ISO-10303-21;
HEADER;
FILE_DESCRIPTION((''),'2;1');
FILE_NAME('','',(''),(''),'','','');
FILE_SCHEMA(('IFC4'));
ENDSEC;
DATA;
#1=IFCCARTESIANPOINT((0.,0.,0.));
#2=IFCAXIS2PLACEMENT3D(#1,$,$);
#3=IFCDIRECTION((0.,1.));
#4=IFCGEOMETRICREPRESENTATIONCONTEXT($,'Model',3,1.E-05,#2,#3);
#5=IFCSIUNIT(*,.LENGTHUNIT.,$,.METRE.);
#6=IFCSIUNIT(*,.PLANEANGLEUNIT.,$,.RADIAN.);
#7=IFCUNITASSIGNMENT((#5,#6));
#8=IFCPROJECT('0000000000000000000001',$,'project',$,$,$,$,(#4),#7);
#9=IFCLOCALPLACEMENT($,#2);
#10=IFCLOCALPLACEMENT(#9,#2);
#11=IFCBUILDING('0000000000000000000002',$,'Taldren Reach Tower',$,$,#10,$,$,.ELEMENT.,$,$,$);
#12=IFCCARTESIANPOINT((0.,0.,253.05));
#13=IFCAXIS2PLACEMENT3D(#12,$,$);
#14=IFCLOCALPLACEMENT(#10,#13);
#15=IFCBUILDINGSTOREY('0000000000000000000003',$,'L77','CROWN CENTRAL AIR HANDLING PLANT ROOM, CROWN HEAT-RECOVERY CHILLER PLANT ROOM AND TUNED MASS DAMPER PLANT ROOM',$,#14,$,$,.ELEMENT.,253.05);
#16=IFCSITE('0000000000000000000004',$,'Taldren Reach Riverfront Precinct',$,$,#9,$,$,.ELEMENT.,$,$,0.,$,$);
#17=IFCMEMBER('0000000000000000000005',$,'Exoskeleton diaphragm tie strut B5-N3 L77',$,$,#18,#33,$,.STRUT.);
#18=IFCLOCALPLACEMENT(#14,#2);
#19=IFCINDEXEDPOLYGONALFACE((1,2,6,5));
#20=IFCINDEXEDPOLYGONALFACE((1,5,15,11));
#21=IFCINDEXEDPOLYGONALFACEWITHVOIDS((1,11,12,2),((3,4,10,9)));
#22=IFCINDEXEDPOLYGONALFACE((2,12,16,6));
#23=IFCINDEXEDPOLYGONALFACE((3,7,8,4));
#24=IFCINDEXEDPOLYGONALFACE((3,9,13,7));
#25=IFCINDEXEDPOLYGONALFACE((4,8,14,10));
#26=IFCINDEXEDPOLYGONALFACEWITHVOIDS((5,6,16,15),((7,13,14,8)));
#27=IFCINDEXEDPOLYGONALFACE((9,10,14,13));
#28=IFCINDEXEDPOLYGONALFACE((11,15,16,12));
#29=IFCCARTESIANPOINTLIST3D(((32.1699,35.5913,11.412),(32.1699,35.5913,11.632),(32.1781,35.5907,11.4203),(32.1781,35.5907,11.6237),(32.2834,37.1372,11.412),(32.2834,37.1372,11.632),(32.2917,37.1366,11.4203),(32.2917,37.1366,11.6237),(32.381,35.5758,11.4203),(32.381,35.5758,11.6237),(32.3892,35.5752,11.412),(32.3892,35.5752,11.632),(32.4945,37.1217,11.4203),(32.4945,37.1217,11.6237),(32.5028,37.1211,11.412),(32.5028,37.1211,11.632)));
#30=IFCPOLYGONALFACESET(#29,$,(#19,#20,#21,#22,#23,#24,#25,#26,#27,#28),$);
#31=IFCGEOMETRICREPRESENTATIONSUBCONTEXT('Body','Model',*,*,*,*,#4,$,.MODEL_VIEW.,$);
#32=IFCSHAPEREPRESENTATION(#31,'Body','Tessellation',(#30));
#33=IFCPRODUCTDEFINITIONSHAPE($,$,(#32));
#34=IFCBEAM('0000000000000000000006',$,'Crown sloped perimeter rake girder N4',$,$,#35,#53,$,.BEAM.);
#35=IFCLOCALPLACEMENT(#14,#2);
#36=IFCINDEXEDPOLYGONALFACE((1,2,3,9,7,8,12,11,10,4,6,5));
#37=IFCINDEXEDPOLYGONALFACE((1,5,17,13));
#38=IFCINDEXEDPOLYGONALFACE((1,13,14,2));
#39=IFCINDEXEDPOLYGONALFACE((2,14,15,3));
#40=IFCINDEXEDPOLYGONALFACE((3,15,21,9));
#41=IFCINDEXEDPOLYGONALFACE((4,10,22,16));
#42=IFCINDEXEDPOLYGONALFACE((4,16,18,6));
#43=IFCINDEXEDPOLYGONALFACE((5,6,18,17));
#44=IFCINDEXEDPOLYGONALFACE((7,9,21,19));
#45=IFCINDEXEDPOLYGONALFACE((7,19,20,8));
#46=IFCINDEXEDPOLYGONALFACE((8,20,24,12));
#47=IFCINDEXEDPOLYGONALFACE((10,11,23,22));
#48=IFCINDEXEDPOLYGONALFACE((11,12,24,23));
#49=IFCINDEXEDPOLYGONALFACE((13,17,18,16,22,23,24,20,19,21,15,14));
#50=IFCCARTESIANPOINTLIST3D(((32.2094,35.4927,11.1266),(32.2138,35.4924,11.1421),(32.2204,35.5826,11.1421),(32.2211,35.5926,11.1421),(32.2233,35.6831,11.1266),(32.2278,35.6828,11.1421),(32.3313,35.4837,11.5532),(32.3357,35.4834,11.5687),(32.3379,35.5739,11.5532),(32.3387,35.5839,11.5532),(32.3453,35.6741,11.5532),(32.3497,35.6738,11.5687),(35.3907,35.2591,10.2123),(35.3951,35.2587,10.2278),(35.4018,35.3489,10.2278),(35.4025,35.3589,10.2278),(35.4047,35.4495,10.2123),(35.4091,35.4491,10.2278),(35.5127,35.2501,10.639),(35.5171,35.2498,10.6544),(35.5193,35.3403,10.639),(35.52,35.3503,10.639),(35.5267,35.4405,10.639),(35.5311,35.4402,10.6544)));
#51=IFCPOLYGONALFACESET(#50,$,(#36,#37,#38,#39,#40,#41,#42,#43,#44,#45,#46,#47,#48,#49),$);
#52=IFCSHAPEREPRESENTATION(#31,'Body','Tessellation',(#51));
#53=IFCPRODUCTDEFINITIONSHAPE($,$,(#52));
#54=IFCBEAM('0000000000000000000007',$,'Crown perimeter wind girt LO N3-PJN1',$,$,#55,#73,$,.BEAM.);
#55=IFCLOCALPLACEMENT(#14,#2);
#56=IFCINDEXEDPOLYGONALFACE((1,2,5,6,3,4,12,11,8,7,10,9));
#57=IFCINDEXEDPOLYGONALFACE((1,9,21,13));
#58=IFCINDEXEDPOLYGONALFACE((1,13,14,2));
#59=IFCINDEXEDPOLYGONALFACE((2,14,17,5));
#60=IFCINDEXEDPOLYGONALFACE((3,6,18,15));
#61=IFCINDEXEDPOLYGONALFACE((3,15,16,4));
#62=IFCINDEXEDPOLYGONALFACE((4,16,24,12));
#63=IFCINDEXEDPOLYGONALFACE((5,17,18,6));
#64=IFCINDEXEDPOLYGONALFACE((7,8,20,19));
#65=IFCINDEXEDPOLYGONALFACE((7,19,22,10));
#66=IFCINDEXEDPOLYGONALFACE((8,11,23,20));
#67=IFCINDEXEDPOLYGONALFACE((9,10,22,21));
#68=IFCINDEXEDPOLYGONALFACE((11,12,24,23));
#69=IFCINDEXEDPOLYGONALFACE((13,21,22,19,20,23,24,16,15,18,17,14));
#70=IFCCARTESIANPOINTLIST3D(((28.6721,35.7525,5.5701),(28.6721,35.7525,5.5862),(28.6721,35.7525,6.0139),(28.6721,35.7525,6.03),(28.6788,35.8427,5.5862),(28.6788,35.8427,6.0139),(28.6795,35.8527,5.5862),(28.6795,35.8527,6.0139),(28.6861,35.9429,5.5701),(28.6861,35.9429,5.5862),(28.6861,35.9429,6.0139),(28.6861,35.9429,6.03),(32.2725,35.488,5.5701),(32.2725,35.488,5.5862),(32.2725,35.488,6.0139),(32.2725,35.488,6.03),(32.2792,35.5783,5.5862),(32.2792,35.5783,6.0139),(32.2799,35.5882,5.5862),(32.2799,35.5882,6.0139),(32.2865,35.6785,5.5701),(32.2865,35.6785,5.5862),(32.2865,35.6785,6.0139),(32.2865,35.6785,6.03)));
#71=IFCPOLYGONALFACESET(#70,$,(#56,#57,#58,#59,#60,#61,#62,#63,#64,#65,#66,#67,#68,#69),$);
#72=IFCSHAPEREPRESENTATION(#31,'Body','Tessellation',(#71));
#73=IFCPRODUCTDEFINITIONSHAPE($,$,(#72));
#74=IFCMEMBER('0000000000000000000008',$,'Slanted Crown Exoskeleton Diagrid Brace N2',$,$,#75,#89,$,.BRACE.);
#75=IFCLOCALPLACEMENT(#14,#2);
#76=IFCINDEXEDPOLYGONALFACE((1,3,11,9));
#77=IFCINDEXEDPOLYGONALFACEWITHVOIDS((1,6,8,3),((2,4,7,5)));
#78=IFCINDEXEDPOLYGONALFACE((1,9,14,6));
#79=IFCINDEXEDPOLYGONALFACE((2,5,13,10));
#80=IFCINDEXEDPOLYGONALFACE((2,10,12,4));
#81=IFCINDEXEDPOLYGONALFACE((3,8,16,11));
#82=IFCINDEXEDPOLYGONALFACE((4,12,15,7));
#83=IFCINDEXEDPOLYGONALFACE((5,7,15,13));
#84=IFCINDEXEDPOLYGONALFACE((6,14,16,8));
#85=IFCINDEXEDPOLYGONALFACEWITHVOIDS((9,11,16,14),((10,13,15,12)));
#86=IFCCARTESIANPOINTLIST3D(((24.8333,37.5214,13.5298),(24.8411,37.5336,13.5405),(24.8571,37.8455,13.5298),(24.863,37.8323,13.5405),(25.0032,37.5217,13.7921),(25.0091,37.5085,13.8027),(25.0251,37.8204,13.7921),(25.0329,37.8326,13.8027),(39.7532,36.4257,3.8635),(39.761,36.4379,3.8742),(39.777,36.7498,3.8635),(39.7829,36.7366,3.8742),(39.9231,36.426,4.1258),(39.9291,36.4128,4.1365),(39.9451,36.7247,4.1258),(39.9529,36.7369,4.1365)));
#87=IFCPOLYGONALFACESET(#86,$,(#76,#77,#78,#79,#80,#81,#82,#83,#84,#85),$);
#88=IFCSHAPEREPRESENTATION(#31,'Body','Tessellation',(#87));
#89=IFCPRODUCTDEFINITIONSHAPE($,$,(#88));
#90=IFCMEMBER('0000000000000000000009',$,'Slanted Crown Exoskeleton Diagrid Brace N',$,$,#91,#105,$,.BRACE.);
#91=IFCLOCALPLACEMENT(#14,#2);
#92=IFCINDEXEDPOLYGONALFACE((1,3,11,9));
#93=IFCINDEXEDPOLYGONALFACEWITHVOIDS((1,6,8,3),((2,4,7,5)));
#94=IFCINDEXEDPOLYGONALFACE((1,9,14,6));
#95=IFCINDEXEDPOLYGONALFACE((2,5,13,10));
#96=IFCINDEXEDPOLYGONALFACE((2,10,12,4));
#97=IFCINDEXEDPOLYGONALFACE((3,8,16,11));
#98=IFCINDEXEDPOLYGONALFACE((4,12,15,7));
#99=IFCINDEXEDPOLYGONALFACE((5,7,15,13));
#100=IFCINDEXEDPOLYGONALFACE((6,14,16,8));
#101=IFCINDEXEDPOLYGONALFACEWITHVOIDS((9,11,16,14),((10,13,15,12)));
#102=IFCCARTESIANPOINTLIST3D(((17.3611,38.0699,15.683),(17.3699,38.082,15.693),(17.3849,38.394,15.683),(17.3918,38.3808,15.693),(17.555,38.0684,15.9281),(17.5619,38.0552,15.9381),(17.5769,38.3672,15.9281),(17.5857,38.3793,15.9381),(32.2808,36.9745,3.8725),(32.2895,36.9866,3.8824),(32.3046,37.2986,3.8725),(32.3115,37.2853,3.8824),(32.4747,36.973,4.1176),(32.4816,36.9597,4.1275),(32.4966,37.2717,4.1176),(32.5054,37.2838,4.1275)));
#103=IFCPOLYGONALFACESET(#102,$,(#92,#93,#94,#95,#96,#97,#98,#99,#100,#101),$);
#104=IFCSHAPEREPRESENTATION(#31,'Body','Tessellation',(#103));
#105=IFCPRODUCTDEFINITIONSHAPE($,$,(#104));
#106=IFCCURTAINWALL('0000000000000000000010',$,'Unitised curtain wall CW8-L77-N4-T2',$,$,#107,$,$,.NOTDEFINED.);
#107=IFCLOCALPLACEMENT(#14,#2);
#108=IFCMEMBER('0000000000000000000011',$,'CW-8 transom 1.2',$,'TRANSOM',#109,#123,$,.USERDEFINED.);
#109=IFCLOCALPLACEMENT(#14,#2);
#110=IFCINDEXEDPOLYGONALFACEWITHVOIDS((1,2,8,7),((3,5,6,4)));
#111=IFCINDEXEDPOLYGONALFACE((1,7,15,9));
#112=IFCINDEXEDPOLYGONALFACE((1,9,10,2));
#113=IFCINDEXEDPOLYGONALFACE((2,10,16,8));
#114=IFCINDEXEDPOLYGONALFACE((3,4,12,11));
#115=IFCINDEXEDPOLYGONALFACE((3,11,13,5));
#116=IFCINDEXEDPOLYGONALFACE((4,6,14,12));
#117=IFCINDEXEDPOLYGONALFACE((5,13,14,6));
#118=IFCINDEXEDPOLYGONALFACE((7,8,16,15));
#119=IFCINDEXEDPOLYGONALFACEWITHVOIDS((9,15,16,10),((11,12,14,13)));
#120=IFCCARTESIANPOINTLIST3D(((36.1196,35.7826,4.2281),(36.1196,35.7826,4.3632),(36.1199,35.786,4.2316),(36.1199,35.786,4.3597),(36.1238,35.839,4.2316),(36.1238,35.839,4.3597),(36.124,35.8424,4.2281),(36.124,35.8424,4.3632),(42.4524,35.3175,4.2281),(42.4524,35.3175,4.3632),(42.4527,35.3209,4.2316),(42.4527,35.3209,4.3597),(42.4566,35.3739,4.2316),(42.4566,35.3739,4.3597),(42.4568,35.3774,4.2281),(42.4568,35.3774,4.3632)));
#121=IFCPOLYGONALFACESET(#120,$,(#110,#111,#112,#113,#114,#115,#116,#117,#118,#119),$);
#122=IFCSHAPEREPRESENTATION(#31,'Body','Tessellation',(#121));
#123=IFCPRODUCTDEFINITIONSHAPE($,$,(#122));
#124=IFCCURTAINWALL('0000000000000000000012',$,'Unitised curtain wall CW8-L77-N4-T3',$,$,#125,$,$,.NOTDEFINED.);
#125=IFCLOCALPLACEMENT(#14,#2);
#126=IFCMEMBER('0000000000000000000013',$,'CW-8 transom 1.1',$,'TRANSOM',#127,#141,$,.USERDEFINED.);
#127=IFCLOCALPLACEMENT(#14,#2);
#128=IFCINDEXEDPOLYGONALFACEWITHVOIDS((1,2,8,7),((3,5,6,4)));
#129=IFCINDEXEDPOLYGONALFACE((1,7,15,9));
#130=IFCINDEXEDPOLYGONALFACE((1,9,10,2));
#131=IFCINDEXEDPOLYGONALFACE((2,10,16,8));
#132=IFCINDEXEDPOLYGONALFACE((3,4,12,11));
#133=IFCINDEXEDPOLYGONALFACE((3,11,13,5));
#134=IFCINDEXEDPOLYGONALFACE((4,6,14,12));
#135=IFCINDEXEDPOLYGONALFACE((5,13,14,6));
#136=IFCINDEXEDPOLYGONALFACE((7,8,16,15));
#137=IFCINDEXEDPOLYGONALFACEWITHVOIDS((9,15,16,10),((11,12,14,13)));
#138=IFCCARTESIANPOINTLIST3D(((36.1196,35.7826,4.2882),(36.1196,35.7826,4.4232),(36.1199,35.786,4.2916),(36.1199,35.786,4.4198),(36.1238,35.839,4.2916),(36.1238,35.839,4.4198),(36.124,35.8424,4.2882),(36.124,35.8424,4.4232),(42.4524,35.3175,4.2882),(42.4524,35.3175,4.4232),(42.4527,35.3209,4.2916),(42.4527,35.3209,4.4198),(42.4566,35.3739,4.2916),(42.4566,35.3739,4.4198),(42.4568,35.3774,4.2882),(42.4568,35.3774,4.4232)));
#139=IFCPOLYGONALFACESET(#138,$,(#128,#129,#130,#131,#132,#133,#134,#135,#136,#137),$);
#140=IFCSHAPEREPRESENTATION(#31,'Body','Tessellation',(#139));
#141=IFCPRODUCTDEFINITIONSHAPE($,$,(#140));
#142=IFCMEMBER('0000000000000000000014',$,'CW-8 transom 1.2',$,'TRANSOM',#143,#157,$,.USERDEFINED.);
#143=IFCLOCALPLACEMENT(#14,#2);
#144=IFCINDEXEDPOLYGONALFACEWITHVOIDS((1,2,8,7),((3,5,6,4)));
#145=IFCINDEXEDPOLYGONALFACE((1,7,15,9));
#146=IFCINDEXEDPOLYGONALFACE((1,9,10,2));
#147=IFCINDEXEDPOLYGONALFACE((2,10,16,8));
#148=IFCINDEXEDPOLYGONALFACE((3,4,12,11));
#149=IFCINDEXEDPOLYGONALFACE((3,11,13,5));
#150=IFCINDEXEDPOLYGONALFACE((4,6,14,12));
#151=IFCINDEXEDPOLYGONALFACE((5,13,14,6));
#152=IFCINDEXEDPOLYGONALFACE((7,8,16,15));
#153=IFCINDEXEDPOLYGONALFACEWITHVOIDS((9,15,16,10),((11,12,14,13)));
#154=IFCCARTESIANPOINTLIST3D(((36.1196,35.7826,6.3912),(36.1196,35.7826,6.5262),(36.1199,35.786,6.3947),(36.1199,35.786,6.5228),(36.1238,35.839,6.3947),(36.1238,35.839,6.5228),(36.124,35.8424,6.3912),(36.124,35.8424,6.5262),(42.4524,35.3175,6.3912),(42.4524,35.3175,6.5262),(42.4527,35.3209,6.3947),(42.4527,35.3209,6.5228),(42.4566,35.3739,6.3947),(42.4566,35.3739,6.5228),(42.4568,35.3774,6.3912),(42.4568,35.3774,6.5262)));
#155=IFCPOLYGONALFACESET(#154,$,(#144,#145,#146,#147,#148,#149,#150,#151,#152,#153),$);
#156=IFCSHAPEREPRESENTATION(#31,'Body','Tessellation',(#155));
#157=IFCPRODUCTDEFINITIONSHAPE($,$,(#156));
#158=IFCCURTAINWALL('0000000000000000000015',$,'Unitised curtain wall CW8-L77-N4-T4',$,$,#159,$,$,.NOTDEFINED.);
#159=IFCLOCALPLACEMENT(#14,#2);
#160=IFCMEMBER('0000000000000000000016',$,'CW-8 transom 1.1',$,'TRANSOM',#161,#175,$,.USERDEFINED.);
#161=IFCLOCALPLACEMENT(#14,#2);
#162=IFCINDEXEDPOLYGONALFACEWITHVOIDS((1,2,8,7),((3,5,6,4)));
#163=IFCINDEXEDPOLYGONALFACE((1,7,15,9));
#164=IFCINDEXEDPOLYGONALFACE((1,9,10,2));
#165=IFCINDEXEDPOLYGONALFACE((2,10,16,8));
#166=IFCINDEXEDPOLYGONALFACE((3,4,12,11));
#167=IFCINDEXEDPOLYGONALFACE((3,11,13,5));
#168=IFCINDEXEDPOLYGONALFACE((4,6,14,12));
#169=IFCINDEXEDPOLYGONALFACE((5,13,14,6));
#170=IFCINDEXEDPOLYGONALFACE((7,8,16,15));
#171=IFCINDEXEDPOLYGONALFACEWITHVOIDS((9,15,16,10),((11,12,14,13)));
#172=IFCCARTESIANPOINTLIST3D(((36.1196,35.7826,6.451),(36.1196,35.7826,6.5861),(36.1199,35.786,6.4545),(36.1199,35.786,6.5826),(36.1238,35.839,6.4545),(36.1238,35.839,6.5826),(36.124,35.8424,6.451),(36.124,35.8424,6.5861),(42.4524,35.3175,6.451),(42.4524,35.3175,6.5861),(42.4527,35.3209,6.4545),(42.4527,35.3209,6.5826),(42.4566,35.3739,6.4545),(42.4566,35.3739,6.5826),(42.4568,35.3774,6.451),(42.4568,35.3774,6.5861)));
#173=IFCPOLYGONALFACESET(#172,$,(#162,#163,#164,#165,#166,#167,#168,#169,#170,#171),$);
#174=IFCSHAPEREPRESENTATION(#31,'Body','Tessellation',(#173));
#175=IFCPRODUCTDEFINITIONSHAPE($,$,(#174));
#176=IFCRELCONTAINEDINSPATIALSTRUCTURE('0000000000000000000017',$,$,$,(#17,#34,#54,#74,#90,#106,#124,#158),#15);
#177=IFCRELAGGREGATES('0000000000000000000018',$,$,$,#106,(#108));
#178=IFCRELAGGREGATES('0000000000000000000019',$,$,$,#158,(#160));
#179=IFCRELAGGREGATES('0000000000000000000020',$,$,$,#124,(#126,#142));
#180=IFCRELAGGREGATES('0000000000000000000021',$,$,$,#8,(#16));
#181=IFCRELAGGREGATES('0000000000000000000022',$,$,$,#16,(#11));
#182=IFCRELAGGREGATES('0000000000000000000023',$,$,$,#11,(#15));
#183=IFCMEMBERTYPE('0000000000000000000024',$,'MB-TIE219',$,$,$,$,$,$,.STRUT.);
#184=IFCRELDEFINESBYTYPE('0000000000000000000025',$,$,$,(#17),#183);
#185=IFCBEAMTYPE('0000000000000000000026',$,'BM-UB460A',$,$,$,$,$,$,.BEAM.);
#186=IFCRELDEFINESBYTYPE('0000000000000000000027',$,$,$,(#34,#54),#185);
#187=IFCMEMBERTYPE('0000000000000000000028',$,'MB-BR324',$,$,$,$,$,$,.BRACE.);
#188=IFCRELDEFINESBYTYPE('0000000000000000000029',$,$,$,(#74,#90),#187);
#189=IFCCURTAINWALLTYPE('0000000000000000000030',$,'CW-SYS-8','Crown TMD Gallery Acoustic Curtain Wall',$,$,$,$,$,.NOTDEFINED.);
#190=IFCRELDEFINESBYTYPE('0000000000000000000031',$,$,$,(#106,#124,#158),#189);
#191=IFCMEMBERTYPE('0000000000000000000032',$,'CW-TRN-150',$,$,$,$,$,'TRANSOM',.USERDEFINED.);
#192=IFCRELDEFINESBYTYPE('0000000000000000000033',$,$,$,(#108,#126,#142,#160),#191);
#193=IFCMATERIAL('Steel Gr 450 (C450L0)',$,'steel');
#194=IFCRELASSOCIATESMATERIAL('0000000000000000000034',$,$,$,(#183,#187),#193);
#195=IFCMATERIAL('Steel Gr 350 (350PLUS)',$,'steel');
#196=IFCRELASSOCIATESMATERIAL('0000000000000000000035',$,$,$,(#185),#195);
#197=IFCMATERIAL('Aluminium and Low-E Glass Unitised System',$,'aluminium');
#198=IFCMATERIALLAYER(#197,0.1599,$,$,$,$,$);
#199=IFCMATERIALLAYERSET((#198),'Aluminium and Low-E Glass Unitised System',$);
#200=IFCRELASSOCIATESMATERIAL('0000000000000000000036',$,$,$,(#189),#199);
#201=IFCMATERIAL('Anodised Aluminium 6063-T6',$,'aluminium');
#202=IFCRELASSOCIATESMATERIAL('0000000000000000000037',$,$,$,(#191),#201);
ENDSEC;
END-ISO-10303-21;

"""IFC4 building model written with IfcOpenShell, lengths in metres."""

from ifc_helpers import new_model, si_unit, direction, frame, origin, origin_2d, place, context, subcontext, project, spatial, hollow_rectangle, i_section, extrude, source, transform, mapped, material, layer, layer_set, material_profile, profile_set, type_object, element, aggregate, save


model = new_model("IFC4")

# Units and contexts
model_context = context("Model", 3, precision=1e-05, world=origin(), true_north=direction((0.0, 1.0)))
body_context = subcontext(model_context, "Body", "Model", "MODEL_VIEW")
ifc_project = project(units=[si_unit("LENGTHUNIT", "METRE"), si_unit("PLANEANGLEUNIT", "RADIAN")], contexts=[model_context])

# Site, building, storey
site_placement = place(None, origin())
site = spatial("IfcSite", under=ifc_project, at=site_placement, Name="Taldren Reach Riverfront Precinct", CompositionType="ELEMENT", RefElevation=0.0)
building_placement = place(site_placement, origin())
building = spatial("IfcBuilding", under=site, at=building_placement, Name="Taldren Reach Tower", CompositionType="ELEMENT")
storey_placement = place(building_placement, frame((0.0, 0.0, 253.05)))
storey = spatial("IfcBuildingStorey", under=building, at=storey_placement, Name="L77", Description="CROWN CENTRAL AIR HANDLING PLANT ROOM, CROWN HEAT-RECOVERY CHILLER PLANT ROOM AND TUNED MASS DAMPER PLANT ROOM", CompositionType="ELEMENT", Elevation=253.05)

# Member
ifc_material_1 = material(Name="Steel Gr 450 (C450L0)", Category="steel")
ifc_material_profile_1 = material_profile(ifc_material_1, hollow_rectangle(XDim=0.22, YDim=0.22, WallThickness=0.0083, at=origin_2d()), Name="220x220x8.2SHS")
ifc_profile_set_1 = profile_set([ifc_material_profile_1], Name="Steel Gr 450 (C450L0)")
member_type_1 = type_object("IfcMemberType", Name="MB-TIE219", PredefinedType="STRUT", material=ifc_profile_set_1)
shared_shape_1 = source(origin(), body_context, "Body", "SweptSolid", [
    extrude(hollow_rectangle(XDim=0.22, YDim=0.22, WallThickness=0.0083, at=origin_2d()), origin(), (0.0, 0.0, 1.0), 1.55),
])
member_1_placement = place(storey_placement, frame((32.2795, 35.5833, 11.522), z_axis=(0.073239, 0.997314, 0.0), x_axis=(-0.997314, 0.073239, 0.0)))
element("IfcMember", 1, at=member_1_placement, inside=storey, type_object=member_type_1, Name="Exoskeleton diaphragm tie strut B5-N3 L77", PredefinedType="STRUT", context=body_context, shape_type="MappedRepresentation", body=[
    mapped(shared_shape_1, transform((0.0, 0.0, 0.0), scale=1.0)),
])

# Beams
ifc_material_2 = material(Name="Steel Gr 350 (350PLUS)", Category="steel")
ifc_material_profile_2 = material_profile(ifc_material_2, i_section(OverallWidth=0.1909, OverallDepth=0.46, WebThickness=0.01, FlangeThickness=0.0161, at=origin_2d()), Name="460UB82.1")
ifc_profile_set_2 = profile_set([ifc_material_profile_2], Name="Steel Gr 350 (350PLUS)")
beam_type = type_object("IfcBeamType", Name="BM-UB460A", PredefinedType="BEAM", material=ifc_profile_set_2)
shared_shape_2 = source(origin(), body_context, "Body", "SweptSolid", [
    extrude(i_section(OverallWidth=0.1909, OverallDepth=0.46, WebThickness=0.01, FlangeThickness=0.0161, at=origin_2d()), origin(), (0.0, 0.0, 1.0), 3.3184),
])
beam_1_placement = place(storey_placement, frame((32.2795, 35.5833, 11.3477), z_axis=(0.958712, -0.070408, -0.275526), x_axis=(0.073243, 0.997314, 0.0)))
element("IfcBeam", 2, at=beam_1_placement, inside=storey, type_object=beam_type, Name="Crown sloped perimeter rake girder N4", PredefinedType="BEAM", context=body_context, shape_type="MappedRepresentation", body=[
    mapped(shared_shape_2, transform((0.0, 0.0, 0.0), scale=1.0)),
])
shared_shape_3 = source(origin(), body_context, "Body", "SweptSolid", [
    extrude(i_section(OverallWidth=0.1909, OverallDepth=0.46, WebThickness=0.01, FlangeThickness=0.0161, at=origin_2d()), origin(), (0.0, 0.0, 1.0), 3.6101),
])
beam_2_placement = place(storey_placement, frame((32.2795, 35.5833, 5.8), z_axis=(-0.997314, 0.073241, 0.0), x_axis=(-0.073241, -0.997314, 0.0)))
element("IfcBeam", 3, at=beam_2_placement, inside=storey, type_object=beam_type, Name="Crown perimeter wind girt LO N3-PJN1", PredefinedType="BEAM", context=body_context, shape_type="MappedRepresentation", body=[
    mapped(shared_shape_3, transform((0.0, 0.0, 0.0), scale=1.0)),
])

# Members
ifc_material_profile_3 = material_profile(ifc_material_1, hollow_rectangle(XDim=0.325, YDim=0.325, WallThickness=0.0127, at=origin_2d()), Name="325x325x12.7SHS")
ifc_profile_set_3 = profile_set([ifc_material_profile_3], Name="Steel Gr 450 (C450L0)")
member_type_2 = type_object("IfcMemberType", Name="MB-BR324", PredefinedType="BRACE", material=ifc_profile_set_3)
shared_shape_4 = source(origin(), body_context, "Body", "SweptSolid", [
    extrude(hollow_rectangle(XDim=0.325, YDim=0.325, WallThickness=0.0127, at=origin_2d()), origin(), (0.0, 0.0, 1.0), 17.8113),
])
member_2_placement = place(storey_placement, frame((39.853, 36.5813, 4.0), z_axis=(-0.837668, 0.061517, 0.542705), x_axis=(-0.073242, -0.997314, 0.0)))
element("IfcMember", 4, at=member_2_placement, inside=storey, type_object=member_type_2, Name="Slanted Crown Exoskeleton Diagrid Brace N2", PredefinedType="BRACE", context=body_context, shape_type="MappedRepresentation", body=[
    mapped(shared_shape_4, transform((0.0, 0.0, 0.0), scale=1.0)),
])
shared_shape_5 = source(origin(), body_context, "Body", "SweptSolid", [
    extrude(hollow_rectangle(XDim=0.325, YDim=0.325, WallThickness=0.0127, at=origin_2d()), origin(), (0.0, 0.0, 1.0), 19.0601),
])
member_3_placement = place(storey_placement, frame((32.3931, 37.1292, 4.0), z_axis=(-0.782772, 0.057474, 0.619649), x_axis=(-0.073227, -0.997315, 0.0)))
element("IfcMember", 5, at=member_3_placement, inside=storey, type_object=member_type_2, Name="Slanted Crown Exoskeleton Diagrid Brace N", PredefinedType="BRACE", context=body_context, shape_type="MappedRepresentation", body=[
    mapped(shared_shape_5, transform((0.0, 0.0, 0.0), scale=1.0)),
])

# Curtain wall, member
ifc_material_3 = material(Name="Aluminium and Low-E Glass Unitised System", Category="aluminium")
ifc_layer_1 = layer(ifc_material_3, 0.1599)
ifc_layer_set_1 = layer_set([ifc_layer_1], Name="Aluminium and Low-E Glass Unitised System")
curtain_wall_type = type_object("IfcCurtainWallType", Name="CW-SYS-8", Description="Crown TMD Gallery Acoustic Curtain Wall", PredefinedType="NOTDEFINED", material=ifc_layer_set_1)
curtain_wall_1_placement = place(storey_placement, origin())
curtain_wall_1 = element("IfcCurtainWall", 6, at=curtain_wall_1_placement, inside=storey, type_object=curtain_wall_type, Name="Unitised curtain wall CW8-L77-N4-T2", PredefinedType="NOTDEFINED")
ifc_material_4 = material(Name="Anodised Aluminium 6063-T6", Category="aluminium")
ifc_material_profile_4 = material_profile(ifc_material_4, hollow_rectangle(XDim=0.0601, YDim=0.135, WallThickness=0.0034, at=origin_2d()), Name="ALU-135x60x3.5RHS")
ifc_profile_set_4 = profile_set([ifc_material_profile_4], Name="Anodised Aluminium 6063-T6")
member_type_3 = type_object("IfcMemberType", Name="CW-TRN-150", ElementType="TRANSOM", PredefinedType="USERDEFINED", material=ifc_profile_set_4)
shared_shape_6 = source(origin(), body_context, "Body", "SweptSolid", [
    extrude(hollow_rectangle(XDim=0.0601, YDim=0.135, WallThickness=0.0034, at=origin_2d()), origin(), (0.0, 0.0, 1.0), 6.3499),
])
member_4_placement = place(storey_placement, frame((36.1218, 35.8125, 4.2957), z_axis=(0.997314, -0.073244, 0.0), x_axis=(0.073244, 0.997314, 0.0)))
member_4 = element("IfcMember", 7, at=member_4_placement, type_object=member_type_3, Name="CW-8 transom 1.2", ObjectType="TRANSOM", PredefinedType="USERDEFINED", context=body_context, shape_type="MappedRepresentation", body=[
    mapped(shared_shape_6, transform((0.0, 0.0, 0.0), scale=1.0)),
])
aggregate(curtain_wall_1, [member_4])

# Curtain walls, members
curtain_wall_2_placement = place(storey_placement, origin())
curtain_wall_2 = element("IfcCurtainWall", 8, at=curtain_wall_2_placement, inside=storey, type_object=curtain_wall_type, Name="Unitised curtain wall CW8-L77-N4-T3", PredefinedType="NOTDEFINED")
member_5_placement = place(storey_placement, frame((36.1218, 35.8125, 4.3557), z_axis=(0.997314, -0.073244, 0.0), x_axis=(0.073244, 0.997314, 0.0)))
member_5 = element("IfcMember", 9, at=member_5_placement, type_object=member_type_3, Name="CW-8 transom 1.1", ObjectType="TRANSOM", PredefinedType="USERDEFINED", context=body_context, shape_type="MappedRepresentation", body=[
    mapped(shared_shape_6, transform((0.0, 0.0, 0.0), scale=1.0)),
])
member_6_placement = place(storey_placement, frame((36.1218, 35.8125, 6.4587), z_axis=(0.997314, -0.073244, 0.0), x_axis=(0.073244, 0.997314, 0.0)))
member_6 = element("IfcMember", 10, at=member_6_placement, type_object=member_type_3, Name="CW-8 transom 1.2", ObjectType="TRANSOM", PredefinedType="USERDEFINED", context=body_context, shape_type="MappedRepresentation", body=[
    mapped(shared_shape_6, transform((0.0, 0.0, 0.0), scale=1.0)),
])
curtain_wall_3_placement = place(storey_placement, origin())
curtain_wall_3 = element("IfcCurtainWall", 11, at=curtain_wall_3_placement, inside=storey, type_object=curtain_wall_type, Name="Unitised curtain wall CW8-L77-N4-T4", PredefinedType="NOTDEFINED")
member_7_placement = place(storey_placement, frame((36.1218, 35.8125, 6.5186), z_axis=(0.997314, -0.073244, 0.0), x_axis=(0.073244, 0.997314, 0.0)))
member_7 = element("IfcMember", 12, at=member_7_placement, type_object=member_type_3, Name="CW-8 transom 1.1", ObjectType="TRANSOM", PredefinedType="USERDEFINED", context=body_context, shape_type="MappedRepresentation", body=[
    mapped(shared_shape_6, transform((0.0, 0.0, 0.0), scale=1.0)),
])

aggregate(curtain_wall_3, [member_7])
aggregate(curtain_wall_2, [member_5, member_6])

save(model, "model.ifc")
